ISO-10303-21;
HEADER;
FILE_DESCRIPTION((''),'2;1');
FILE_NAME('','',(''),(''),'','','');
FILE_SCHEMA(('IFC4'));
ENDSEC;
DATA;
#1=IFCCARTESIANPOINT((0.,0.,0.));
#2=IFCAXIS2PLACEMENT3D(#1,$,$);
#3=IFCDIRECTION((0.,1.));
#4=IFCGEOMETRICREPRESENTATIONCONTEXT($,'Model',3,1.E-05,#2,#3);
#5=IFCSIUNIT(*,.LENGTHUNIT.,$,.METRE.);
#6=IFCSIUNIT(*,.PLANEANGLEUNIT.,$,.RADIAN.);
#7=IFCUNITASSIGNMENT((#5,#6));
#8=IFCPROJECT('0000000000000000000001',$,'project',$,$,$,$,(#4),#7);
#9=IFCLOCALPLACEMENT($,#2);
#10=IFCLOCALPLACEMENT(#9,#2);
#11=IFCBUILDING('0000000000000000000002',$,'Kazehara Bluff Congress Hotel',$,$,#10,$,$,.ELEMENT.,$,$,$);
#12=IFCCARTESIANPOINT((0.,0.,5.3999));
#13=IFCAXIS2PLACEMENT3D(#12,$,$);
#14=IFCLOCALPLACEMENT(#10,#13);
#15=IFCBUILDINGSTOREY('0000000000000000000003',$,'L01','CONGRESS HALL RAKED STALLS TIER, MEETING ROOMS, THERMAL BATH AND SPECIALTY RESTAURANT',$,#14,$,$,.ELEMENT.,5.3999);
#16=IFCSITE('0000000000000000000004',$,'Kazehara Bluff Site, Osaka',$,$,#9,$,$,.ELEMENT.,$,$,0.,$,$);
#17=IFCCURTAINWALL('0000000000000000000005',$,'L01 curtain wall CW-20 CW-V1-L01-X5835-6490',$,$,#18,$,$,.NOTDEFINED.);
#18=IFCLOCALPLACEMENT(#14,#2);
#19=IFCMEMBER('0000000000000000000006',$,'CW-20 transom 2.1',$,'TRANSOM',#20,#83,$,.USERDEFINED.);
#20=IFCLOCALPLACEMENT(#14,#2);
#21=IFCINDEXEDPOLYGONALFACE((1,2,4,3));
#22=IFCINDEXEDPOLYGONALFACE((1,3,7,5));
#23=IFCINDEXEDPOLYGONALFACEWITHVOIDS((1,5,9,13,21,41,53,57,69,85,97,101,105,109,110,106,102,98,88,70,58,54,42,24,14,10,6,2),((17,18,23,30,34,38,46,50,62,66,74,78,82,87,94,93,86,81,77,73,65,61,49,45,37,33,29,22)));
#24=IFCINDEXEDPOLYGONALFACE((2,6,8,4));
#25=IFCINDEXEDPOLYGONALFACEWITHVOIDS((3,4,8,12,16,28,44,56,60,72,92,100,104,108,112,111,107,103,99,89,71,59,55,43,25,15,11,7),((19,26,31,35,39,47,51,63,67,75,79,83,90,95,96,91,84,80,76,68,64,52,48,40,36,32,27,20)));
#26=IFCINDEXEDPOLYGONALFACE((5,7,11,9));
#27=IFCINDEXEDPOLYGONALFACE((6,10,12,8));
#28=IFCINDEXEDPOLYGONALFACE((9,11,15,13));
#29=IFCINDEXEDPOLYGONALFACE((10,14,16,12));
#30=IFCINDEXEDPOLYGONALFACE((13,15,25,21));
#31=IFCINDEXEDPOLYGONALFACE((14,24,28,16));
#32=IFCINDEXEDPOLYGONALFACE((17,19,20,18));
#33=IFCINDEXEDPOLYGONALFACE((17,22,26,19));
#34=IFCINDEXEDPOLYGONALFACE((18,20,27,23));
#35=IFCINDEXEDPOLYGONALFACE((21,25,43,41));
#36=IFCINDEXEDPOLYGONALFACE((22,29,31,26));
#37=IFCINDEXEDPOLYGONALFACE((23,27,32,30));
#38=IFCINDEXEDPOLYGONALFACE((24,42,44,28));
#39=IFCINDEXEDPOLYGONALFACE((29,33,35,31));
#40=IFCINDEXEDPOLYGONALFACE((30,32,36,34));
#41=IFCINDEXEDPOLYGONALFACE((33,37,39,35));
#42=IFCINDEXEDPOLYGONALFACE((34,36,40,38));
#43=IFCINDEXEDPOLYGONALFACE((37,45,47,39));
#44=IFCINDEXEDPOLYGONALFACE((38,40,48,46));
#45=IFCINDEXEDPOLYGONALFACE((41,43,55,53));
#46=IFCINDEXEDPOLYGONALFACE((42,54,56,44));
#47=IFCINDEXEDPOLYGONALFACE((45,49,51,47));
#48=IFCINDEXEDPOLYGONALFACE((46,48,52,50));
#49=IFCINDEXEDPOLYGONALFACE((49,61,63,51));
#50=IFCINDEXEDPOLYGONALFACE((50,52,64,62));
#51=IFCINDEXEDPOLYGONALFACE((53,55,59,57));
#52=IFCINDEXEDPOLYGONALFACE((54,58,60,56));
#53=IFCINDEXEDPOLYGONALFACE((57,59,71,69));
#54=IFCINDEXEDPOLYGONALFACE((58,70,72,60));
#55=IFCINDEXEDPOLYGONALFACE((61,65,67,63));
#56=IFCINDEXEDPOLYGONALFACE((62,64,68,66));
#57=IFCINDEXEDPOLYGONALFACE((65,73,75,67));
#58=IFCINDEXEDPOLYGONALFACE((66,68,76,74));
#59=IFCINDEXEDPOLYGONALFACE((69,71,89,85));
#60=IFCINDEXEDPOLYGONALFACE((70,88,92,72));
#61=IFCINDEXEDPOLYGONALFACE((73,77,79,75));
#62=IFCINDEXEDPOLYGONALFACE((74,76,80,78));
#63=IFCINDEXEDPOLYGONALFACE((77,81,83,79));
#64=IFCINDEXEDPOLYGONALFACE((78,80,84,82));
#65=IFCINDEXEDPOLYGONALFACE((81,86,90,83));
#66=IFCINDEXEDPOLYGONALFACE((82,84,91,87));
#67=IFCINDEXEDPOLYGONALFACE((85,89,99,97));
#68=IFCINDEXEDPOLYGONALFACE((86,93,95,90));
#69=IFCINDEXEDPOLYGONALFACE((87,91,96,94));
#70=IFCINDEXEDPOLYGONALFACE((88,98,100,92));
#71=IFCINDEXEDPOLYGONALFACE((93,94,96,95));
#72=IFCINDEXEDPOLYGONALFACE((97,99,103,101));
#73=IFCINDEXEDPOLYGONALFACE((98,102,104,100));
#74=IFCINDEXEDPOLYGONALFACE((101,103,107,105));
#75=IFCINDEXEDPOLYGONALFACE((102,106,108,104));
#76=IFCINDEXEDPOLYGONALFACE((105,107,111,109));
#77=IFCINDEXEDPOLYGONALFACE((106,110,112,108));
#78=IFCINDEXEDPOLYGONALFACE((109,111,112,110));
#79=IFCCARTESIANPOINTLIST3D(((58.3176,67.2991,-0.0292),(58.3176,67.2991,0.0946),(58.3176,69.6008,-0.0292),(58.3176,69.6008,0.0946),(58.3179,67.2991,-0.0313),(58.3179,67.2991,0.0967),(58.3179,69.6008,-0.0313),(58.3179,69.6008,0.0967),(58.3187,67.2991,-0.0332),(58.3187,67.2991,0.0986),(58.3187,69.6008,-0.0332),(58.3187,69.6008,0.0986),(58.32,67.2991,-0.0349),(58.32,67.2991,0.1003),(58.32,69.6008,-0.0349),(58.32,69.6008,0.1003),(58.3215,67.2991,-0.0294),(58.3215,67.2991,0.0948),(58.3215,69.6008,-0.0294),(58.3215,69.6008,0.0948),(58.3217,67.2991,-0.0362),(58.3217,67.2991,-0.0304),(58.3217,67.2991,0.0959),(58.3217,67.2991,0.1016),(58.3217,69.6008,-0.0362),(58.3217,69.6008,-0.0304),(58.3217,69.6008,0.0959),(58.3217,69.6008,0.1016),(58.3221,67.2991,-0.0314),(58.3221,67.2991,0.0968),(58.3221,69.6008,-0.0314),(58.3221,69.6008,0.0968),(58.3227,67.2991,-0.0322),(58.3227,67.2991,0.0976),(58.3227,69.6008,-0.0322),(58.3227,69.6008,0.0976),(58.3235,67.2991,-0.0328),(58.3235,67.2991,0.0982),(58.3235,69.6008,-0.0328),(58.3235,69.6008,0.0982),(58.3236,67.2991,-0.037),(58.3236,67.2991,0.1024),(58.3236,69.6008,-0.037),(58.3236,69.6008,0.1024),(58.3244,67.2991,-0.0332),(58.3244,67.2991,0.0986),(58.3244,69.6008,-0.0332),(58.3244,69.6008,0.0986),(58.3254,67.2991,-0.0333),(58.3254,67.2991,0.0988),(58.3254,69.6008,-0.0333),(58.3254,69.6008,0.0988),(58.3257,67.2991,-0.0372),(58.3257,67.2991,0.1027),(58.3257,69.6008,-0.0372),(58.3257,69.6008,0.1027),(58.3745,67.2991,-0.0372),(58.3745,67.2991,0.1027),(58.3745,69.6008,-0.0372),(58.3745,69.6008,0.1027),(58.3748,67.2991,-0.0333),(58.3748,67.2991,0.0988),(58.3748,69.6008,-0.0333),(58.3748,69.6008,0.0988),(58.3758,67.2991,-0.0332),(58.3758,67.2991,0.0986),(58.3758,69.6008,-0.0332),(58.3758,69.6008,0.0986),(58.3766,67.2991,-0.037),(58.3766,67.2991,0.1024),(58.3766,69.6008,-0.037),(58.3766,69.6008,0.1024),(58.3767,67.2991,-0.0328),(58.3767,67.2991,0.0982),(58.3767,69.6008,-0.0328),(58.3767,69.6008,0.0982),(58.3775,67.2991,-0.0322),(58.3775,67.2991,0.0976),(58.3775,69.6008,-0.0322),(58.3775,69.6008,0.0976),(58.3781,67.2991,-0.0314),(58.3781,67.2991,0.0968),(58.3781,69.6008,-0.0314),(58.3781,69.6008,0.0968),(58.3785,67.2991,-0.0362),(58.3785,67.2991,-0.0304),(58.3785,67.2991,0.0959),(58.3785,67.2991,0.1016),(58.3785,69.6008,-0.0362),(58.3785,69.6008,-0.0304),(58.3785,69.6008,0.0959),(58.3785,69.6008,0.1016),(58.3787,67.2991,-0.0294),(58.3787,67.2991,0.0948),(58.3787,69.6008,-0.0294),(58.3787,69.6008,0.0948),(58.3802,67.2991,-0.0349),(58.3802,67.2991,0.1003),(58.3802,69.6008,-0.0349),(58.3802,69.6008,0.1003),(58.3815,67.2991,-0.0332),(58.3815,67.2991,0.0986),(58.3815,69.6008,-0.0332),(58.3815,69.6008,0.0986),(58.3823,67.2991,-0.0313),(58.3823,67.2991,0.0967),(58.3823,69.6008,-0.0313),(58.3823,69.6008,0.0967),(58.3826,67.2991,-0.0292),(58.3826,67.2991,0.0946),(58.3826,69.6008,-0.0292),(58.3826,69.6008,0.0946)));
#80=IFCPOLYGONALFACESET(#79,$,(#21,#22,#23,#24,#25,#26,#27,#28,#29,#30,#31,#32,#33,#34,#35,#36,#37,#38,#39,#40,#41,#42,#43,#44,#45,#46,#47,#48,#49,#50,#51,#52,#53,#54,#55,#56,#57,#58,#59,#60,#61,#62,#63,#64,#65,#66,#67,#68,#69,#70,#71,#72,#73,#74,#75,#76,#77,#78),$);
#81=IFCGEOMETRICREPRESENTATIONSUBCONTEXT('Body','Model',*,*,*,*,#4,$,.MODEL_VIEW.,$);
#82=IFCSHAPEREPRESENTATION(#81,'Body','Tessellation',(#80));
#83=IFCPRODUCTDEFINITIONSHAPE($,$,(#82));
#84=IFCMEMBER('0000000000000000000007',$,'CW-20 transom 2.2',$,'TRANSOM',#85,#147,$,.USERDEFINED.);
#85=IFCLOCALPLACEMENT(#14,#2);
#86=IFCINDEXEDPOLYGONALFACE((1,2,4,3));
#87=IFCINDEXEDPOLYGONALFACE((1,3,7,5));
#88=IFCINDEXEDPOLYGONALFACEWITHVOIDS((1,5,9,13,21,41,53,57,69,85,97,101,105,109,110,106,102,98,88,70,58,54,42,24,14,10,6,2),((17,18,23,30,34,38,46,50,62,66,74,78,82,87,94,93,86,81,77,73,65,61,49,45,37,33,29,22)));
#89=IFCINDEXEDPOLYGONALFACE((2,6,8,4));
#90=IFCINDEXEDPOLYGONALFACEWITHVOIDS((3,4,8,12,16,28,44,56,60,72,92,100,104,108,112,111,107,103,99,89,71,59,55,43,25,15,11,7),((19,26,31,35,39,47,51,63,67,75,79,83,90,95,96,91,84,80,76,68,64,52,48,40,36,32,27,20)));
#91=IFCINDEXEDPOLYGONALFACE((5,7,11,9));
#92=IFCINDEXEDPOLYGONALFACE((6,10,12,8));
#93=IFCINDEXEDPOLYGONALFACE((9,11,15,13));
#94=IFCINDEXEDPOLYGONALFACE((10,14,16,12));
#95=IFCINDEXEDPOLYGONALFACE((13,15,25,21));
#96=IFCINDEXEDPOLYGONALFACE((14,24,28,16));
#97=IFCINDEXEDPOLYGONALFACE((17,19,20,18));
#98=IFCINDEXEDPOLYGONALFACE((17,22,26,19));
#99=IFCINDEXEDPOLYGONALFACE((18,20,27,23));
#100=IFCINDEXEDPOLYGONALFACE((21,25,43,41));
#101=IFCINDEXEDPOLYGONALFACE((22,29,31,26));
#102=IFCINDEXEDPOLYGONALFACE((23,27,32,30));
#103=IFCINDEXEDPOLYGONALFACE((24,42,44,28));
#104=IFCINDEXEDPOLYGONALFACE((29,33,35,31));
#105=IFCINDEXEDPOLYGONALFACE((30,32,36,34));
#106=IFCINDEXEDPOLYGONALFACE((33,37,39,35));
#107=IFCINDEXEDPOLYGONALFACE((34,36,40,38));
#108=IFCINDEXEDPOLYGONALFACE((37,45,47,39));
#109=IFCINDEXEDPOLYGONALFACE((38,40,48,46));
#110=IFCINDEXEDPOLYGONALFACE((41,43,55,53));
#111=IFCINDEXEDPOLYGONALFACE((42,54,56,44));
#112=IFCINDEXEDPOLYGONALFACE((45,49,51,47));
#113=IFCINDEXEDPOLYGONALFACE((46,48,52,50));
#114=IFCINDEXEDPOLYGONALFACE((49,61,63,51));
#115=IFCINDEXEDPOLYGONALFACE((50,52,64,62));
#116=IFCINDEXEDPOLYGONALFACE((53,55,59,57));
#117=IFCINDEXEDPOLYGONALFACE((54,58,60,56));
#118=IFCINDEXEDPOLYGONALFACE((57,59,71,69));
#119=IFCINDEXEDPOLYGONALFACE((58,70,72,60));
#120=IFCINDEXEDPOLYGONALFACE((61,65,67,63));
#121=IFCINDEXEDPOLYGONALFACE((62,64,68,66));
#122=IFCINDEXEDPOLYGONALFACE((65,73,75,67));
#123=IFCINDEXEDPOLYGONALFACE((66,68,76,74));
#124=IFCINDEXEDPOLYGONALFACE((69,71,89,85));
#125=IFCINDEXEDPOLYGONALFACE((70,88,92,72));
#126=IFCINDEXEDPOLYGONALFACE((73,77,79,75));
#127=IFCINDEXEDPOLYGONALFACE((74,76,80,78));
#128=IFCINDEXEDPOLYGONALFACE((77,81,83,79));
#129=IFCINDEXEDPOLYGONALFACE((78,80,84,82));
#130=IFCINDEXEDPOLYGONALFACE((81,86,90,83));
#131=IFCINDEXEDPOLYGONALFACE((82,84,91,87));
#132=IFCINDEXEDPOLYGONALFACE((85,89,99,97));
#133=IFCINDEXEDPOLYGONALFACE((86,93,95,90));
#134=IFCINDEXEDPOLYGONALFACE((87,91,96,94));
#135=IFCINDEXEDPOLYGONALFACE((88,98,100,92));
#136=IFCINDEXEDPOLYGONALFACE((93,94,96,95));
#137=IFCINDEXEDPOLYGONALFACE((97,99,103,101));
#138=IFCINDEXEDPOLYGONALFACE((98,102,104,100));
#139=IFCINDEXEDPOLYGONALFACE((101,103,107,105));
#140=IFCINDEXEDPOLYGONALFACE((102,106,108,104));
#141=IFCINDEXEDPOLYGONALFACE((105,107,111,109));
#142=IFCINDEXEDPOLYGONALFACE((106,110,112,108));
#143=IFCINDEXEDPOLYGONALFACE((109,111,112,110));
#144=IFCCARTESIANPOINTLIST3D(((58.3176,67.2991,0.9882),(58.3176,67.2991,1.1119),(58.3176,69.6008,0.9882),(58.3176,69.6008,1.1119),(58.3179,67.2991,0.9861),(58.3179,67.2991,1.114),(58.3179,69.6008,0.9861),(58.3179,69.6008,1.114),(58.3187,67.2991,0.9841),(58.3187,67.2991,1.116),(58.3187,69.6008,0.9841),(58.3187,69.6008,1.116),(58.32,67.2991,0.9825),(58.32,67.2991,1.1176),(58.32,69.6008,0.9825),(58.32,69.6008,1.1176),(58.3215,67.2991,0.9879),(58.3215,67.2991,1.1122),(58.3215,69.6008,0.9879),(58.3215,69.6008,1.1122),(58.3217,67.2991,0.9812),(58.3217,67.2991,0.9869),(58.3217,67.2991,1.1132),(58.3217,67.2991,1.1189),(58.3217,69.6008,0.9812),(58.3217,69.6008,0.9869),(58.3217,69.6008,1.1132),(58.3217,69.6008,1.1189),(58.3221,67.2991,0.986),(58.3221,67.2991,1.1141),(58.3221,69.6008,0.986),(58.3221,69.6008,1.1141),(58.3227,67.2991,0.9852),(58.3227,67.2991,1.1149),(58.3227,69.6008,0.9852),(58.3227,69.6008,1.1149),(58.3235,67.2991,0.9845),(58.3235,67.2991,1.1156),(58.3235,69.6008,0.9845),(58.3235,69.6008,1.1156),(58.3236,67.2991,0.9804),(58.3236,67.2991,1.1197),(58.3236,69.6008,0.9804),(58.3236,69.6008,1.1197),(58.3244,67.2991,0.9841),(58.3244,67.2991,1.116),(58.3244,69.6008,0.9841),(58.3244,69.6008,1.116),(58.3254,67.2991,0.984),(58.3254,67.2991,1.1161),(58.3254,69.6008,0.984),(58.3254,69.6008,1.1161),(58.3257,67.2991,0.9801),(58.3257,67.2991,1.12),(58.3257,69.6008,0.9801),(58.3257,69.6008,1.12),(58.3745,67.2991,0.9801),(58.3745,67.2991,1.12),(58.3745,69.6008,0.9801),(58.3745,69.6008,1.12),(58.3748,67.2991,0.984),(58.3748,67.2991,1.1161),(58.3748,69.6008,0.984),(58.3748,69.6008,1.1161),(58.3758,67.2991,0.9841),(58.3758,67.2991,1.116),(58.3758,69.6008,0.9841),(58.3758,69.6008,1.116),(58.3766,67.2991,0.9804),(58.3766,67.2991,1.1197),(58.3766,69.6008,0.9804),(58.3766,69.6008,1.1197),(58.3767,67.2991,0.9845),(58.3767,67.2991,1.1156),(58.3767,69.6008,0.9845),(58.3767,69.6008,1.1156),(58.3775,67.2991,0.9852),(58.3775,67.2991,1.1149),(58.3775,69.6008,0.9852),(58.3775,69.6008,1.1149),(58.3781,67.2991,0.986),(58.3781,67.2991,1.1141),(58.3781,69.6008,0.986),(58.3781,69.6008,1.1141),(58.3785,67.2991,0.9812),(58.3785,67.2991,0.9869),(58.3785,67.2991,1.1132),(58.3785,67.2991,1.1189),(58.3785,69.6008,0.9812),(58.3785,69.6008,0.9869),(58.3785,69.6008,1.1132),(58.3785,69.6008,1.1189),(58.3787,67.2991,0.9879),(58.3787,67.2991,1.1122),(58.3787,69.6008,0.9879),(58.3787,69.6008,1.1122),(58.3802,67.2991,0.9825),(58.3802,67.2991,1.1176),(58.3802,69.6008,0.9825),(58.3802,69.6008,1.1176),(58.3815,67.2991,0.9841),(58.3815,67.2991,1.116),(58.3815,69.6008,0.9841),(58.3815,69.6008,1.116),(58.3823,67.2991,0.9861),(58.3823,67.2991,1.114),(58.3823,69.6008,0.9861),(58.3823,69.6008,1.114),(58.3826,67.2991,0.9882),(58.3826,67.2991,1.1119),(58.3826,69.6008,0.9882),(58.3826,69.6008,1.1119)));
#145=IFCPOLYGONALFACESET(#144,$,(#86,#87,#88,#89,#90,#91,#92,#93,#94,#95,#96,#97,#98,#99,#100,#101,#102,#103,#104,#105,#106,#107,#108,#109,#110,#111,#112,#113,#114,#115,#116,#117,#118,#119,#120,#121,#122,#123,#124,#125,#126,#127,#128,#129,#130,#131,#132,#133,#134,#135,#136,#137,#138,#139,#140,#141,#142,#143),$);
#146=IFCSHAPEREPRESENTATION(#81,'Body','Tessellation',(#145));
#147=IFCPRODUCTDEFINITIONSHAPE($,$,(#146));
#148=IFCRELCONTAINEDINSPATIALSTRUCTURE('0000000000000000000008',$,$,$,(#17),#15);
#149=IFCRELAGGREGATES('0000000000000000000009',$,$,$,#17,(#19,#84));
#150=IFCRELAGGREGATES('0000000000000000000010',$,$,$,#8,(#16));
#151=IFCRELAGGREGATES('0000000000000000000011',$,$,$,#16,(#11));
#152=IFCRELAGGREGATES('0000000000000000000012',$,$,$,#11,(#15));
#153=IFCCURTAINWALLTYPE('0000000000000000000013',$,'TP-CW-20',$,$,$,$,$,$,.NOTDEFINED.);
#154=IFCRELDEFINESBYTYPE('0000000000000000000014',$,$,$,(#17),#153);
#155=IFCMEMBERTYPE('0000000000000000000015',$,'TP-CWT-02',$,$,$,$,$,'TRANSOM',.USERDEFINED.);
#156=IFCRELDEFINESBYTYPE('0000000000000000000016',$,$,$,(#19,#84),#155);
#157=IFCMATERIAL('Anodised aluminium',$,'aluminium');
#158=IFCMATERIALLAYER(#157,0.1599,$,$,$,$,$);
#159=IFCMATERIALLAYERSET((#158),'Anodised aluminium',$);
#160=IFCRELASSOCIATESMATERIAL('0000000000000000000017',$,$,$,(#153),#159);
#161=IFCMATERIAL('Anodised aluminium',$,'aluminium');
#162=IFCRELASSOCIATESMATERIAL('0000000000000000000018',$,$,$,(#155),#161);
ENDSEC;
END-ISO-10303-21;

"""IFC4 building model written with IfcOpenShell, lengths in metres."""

from ifc_helpers import new_model, si_unit, direction, frame, origin, origin_2d, place, context, subcontext, project, spatial, hollow_rectangle, extrude, material, layer, layer_set, material_profile, profile_set, type_object, element, aggregate, save


model = new_model("IFC4")

# Units and contexts
model_context = context("Model", 3, precision=1e-05, world=origin(), true_north=direction((0.0, 1.0)))
body_context = subcontext(model_context, "Body", "Model", "MODEL_VIEW")
ifc_project = project(units=[si_unit("LENGTHUNIT", "METRE"), si_unit("PLANEANGLEUNIT", "RADIAN")], contexts=[model_context])

# Site, building, storey
site_placement = place(None, origin())
site = spatial("IfcSite", under=ifc_project, at=site_placement, Name="Kazehara Bluff Site, Osaka", CompositionType="ELEMENT", RefElevation=0.0)
building_placement = place(site_placement, origin())
building = spatial("IfcBuilding", under=site, at=building_placement, Name="Kazehara Bluff Congress Hotel", CompositionType="ELEMENT")
storey_placement = place(building_placement, frame((0.0, 0.0, 5.3999)))
storey = spatial("IfcBuildingStorey", under=building, at=storey_placement, Name="L01", Description="CONGRESS HALL RAKED STALLS TIER, MEETING ROOMS, THERMAL BATH AND SPECIALTY RESTAURANT", CompositionType="ELEMENT", Elevation=5.3999)

# Curtain wall
ifc_material_1 = material(Name="Anodised aluminium", Category="aluminium")
ifc_layer_1 = layer(ifc_material_1, 0.1599)
ifc_layer_set_1 = layer_set([ifc_layer_1], Name="Anodised aluminium")
curtain_wall_type_1 = type_object("IfcCurtainWallType", Name="TP-CW-20", PredefinedType="NOTDEFINED", material=ifc_layer_set_1)
curtain_wall_1_placement = place(storey_placement, origin())
curtain_wall_1 = element("IfcCurtainWall", 1, at=curtain_wall_1_placement, inside=storey, type_object=curtain_wall_type_1, Name="L01 curtain wall CW-20 CW-V1-L01-X5835-6490", PredefinedType="NOTDEFINED")

# Members
ifc_material_2 = material(Name="Anodised aluminium", Category="aluminium")
ifc_material_profile_1 = material_profile(ifc_material_2, hollow_rectangle(XDim=0.0649, YDim=0.1399, WallThickness=0.0039, InnerFilletRadius=0.0039, OuterFilletRadius=0.0081, at=origin_2d()))
ifc_profile_set_1 = profile_set([ifc_material_profile_1], Name="Anodised aluminium")
member_type_1 = type_object("IfcMemberType", Name="TP-CWT-02", ElementType="TRANSOM", PredefinedType="USERDEFINED", material=ifc_profile_set_1)
member_1_placement = place(storey_placement, frame((58.3501, 67.2991, 0.0327), z_axis=(0.0, 1.0, 0.0), x_axis=(-1.0, 0.0, 0.0)))
member_1 = element("IfcMember", 2, at=member_1_placement, type_object=member_type_1, Name="CW-20 transom 2.1", ObjectType="TRANSOM", PredefinedType="USERDEFINED", context=body_context, shape_type="SweptSolid", body=[
    extrude(hollow_rectangle(XDim=0.0649, YDim=0.1399, WallThickness=0.0039, InnerFilletRadius=0.0039, OuterFilletRadius=0.0081, at=origin_2d()), origin(), (0.0, 0.0, 1.0), 2.3018),
])
member_2_placement = place(storey_placement, frame((58.3501, 67.2991, 1.05), z_axis=(0.0, 1.0, 0.0), x_axis=(-1.0, 0.0, 0.0)))
member_2 = element("IfcMember", 3, at=member_2_placement, type_object=member_type_1, Name="CW-20 transom 2.2", ObjectType="TRANSOM", PredefinedType="USERDEFINED", context=body_context, shape_type="SweptSolid", body=[
    extrude(hollow_rectangle(XDim=0.0649, YDim=0.1399, WallThickness=0.0039, InnerFilletRadius=0.0039, OuterFilletRadius=0.0081, at=origin_2d()), origin(), (0.0, 0.0, 1.0), 2.3018),
])

aggregate(curtain_wall_1, [member_1, member_2])

save(model, "model.ifc")
